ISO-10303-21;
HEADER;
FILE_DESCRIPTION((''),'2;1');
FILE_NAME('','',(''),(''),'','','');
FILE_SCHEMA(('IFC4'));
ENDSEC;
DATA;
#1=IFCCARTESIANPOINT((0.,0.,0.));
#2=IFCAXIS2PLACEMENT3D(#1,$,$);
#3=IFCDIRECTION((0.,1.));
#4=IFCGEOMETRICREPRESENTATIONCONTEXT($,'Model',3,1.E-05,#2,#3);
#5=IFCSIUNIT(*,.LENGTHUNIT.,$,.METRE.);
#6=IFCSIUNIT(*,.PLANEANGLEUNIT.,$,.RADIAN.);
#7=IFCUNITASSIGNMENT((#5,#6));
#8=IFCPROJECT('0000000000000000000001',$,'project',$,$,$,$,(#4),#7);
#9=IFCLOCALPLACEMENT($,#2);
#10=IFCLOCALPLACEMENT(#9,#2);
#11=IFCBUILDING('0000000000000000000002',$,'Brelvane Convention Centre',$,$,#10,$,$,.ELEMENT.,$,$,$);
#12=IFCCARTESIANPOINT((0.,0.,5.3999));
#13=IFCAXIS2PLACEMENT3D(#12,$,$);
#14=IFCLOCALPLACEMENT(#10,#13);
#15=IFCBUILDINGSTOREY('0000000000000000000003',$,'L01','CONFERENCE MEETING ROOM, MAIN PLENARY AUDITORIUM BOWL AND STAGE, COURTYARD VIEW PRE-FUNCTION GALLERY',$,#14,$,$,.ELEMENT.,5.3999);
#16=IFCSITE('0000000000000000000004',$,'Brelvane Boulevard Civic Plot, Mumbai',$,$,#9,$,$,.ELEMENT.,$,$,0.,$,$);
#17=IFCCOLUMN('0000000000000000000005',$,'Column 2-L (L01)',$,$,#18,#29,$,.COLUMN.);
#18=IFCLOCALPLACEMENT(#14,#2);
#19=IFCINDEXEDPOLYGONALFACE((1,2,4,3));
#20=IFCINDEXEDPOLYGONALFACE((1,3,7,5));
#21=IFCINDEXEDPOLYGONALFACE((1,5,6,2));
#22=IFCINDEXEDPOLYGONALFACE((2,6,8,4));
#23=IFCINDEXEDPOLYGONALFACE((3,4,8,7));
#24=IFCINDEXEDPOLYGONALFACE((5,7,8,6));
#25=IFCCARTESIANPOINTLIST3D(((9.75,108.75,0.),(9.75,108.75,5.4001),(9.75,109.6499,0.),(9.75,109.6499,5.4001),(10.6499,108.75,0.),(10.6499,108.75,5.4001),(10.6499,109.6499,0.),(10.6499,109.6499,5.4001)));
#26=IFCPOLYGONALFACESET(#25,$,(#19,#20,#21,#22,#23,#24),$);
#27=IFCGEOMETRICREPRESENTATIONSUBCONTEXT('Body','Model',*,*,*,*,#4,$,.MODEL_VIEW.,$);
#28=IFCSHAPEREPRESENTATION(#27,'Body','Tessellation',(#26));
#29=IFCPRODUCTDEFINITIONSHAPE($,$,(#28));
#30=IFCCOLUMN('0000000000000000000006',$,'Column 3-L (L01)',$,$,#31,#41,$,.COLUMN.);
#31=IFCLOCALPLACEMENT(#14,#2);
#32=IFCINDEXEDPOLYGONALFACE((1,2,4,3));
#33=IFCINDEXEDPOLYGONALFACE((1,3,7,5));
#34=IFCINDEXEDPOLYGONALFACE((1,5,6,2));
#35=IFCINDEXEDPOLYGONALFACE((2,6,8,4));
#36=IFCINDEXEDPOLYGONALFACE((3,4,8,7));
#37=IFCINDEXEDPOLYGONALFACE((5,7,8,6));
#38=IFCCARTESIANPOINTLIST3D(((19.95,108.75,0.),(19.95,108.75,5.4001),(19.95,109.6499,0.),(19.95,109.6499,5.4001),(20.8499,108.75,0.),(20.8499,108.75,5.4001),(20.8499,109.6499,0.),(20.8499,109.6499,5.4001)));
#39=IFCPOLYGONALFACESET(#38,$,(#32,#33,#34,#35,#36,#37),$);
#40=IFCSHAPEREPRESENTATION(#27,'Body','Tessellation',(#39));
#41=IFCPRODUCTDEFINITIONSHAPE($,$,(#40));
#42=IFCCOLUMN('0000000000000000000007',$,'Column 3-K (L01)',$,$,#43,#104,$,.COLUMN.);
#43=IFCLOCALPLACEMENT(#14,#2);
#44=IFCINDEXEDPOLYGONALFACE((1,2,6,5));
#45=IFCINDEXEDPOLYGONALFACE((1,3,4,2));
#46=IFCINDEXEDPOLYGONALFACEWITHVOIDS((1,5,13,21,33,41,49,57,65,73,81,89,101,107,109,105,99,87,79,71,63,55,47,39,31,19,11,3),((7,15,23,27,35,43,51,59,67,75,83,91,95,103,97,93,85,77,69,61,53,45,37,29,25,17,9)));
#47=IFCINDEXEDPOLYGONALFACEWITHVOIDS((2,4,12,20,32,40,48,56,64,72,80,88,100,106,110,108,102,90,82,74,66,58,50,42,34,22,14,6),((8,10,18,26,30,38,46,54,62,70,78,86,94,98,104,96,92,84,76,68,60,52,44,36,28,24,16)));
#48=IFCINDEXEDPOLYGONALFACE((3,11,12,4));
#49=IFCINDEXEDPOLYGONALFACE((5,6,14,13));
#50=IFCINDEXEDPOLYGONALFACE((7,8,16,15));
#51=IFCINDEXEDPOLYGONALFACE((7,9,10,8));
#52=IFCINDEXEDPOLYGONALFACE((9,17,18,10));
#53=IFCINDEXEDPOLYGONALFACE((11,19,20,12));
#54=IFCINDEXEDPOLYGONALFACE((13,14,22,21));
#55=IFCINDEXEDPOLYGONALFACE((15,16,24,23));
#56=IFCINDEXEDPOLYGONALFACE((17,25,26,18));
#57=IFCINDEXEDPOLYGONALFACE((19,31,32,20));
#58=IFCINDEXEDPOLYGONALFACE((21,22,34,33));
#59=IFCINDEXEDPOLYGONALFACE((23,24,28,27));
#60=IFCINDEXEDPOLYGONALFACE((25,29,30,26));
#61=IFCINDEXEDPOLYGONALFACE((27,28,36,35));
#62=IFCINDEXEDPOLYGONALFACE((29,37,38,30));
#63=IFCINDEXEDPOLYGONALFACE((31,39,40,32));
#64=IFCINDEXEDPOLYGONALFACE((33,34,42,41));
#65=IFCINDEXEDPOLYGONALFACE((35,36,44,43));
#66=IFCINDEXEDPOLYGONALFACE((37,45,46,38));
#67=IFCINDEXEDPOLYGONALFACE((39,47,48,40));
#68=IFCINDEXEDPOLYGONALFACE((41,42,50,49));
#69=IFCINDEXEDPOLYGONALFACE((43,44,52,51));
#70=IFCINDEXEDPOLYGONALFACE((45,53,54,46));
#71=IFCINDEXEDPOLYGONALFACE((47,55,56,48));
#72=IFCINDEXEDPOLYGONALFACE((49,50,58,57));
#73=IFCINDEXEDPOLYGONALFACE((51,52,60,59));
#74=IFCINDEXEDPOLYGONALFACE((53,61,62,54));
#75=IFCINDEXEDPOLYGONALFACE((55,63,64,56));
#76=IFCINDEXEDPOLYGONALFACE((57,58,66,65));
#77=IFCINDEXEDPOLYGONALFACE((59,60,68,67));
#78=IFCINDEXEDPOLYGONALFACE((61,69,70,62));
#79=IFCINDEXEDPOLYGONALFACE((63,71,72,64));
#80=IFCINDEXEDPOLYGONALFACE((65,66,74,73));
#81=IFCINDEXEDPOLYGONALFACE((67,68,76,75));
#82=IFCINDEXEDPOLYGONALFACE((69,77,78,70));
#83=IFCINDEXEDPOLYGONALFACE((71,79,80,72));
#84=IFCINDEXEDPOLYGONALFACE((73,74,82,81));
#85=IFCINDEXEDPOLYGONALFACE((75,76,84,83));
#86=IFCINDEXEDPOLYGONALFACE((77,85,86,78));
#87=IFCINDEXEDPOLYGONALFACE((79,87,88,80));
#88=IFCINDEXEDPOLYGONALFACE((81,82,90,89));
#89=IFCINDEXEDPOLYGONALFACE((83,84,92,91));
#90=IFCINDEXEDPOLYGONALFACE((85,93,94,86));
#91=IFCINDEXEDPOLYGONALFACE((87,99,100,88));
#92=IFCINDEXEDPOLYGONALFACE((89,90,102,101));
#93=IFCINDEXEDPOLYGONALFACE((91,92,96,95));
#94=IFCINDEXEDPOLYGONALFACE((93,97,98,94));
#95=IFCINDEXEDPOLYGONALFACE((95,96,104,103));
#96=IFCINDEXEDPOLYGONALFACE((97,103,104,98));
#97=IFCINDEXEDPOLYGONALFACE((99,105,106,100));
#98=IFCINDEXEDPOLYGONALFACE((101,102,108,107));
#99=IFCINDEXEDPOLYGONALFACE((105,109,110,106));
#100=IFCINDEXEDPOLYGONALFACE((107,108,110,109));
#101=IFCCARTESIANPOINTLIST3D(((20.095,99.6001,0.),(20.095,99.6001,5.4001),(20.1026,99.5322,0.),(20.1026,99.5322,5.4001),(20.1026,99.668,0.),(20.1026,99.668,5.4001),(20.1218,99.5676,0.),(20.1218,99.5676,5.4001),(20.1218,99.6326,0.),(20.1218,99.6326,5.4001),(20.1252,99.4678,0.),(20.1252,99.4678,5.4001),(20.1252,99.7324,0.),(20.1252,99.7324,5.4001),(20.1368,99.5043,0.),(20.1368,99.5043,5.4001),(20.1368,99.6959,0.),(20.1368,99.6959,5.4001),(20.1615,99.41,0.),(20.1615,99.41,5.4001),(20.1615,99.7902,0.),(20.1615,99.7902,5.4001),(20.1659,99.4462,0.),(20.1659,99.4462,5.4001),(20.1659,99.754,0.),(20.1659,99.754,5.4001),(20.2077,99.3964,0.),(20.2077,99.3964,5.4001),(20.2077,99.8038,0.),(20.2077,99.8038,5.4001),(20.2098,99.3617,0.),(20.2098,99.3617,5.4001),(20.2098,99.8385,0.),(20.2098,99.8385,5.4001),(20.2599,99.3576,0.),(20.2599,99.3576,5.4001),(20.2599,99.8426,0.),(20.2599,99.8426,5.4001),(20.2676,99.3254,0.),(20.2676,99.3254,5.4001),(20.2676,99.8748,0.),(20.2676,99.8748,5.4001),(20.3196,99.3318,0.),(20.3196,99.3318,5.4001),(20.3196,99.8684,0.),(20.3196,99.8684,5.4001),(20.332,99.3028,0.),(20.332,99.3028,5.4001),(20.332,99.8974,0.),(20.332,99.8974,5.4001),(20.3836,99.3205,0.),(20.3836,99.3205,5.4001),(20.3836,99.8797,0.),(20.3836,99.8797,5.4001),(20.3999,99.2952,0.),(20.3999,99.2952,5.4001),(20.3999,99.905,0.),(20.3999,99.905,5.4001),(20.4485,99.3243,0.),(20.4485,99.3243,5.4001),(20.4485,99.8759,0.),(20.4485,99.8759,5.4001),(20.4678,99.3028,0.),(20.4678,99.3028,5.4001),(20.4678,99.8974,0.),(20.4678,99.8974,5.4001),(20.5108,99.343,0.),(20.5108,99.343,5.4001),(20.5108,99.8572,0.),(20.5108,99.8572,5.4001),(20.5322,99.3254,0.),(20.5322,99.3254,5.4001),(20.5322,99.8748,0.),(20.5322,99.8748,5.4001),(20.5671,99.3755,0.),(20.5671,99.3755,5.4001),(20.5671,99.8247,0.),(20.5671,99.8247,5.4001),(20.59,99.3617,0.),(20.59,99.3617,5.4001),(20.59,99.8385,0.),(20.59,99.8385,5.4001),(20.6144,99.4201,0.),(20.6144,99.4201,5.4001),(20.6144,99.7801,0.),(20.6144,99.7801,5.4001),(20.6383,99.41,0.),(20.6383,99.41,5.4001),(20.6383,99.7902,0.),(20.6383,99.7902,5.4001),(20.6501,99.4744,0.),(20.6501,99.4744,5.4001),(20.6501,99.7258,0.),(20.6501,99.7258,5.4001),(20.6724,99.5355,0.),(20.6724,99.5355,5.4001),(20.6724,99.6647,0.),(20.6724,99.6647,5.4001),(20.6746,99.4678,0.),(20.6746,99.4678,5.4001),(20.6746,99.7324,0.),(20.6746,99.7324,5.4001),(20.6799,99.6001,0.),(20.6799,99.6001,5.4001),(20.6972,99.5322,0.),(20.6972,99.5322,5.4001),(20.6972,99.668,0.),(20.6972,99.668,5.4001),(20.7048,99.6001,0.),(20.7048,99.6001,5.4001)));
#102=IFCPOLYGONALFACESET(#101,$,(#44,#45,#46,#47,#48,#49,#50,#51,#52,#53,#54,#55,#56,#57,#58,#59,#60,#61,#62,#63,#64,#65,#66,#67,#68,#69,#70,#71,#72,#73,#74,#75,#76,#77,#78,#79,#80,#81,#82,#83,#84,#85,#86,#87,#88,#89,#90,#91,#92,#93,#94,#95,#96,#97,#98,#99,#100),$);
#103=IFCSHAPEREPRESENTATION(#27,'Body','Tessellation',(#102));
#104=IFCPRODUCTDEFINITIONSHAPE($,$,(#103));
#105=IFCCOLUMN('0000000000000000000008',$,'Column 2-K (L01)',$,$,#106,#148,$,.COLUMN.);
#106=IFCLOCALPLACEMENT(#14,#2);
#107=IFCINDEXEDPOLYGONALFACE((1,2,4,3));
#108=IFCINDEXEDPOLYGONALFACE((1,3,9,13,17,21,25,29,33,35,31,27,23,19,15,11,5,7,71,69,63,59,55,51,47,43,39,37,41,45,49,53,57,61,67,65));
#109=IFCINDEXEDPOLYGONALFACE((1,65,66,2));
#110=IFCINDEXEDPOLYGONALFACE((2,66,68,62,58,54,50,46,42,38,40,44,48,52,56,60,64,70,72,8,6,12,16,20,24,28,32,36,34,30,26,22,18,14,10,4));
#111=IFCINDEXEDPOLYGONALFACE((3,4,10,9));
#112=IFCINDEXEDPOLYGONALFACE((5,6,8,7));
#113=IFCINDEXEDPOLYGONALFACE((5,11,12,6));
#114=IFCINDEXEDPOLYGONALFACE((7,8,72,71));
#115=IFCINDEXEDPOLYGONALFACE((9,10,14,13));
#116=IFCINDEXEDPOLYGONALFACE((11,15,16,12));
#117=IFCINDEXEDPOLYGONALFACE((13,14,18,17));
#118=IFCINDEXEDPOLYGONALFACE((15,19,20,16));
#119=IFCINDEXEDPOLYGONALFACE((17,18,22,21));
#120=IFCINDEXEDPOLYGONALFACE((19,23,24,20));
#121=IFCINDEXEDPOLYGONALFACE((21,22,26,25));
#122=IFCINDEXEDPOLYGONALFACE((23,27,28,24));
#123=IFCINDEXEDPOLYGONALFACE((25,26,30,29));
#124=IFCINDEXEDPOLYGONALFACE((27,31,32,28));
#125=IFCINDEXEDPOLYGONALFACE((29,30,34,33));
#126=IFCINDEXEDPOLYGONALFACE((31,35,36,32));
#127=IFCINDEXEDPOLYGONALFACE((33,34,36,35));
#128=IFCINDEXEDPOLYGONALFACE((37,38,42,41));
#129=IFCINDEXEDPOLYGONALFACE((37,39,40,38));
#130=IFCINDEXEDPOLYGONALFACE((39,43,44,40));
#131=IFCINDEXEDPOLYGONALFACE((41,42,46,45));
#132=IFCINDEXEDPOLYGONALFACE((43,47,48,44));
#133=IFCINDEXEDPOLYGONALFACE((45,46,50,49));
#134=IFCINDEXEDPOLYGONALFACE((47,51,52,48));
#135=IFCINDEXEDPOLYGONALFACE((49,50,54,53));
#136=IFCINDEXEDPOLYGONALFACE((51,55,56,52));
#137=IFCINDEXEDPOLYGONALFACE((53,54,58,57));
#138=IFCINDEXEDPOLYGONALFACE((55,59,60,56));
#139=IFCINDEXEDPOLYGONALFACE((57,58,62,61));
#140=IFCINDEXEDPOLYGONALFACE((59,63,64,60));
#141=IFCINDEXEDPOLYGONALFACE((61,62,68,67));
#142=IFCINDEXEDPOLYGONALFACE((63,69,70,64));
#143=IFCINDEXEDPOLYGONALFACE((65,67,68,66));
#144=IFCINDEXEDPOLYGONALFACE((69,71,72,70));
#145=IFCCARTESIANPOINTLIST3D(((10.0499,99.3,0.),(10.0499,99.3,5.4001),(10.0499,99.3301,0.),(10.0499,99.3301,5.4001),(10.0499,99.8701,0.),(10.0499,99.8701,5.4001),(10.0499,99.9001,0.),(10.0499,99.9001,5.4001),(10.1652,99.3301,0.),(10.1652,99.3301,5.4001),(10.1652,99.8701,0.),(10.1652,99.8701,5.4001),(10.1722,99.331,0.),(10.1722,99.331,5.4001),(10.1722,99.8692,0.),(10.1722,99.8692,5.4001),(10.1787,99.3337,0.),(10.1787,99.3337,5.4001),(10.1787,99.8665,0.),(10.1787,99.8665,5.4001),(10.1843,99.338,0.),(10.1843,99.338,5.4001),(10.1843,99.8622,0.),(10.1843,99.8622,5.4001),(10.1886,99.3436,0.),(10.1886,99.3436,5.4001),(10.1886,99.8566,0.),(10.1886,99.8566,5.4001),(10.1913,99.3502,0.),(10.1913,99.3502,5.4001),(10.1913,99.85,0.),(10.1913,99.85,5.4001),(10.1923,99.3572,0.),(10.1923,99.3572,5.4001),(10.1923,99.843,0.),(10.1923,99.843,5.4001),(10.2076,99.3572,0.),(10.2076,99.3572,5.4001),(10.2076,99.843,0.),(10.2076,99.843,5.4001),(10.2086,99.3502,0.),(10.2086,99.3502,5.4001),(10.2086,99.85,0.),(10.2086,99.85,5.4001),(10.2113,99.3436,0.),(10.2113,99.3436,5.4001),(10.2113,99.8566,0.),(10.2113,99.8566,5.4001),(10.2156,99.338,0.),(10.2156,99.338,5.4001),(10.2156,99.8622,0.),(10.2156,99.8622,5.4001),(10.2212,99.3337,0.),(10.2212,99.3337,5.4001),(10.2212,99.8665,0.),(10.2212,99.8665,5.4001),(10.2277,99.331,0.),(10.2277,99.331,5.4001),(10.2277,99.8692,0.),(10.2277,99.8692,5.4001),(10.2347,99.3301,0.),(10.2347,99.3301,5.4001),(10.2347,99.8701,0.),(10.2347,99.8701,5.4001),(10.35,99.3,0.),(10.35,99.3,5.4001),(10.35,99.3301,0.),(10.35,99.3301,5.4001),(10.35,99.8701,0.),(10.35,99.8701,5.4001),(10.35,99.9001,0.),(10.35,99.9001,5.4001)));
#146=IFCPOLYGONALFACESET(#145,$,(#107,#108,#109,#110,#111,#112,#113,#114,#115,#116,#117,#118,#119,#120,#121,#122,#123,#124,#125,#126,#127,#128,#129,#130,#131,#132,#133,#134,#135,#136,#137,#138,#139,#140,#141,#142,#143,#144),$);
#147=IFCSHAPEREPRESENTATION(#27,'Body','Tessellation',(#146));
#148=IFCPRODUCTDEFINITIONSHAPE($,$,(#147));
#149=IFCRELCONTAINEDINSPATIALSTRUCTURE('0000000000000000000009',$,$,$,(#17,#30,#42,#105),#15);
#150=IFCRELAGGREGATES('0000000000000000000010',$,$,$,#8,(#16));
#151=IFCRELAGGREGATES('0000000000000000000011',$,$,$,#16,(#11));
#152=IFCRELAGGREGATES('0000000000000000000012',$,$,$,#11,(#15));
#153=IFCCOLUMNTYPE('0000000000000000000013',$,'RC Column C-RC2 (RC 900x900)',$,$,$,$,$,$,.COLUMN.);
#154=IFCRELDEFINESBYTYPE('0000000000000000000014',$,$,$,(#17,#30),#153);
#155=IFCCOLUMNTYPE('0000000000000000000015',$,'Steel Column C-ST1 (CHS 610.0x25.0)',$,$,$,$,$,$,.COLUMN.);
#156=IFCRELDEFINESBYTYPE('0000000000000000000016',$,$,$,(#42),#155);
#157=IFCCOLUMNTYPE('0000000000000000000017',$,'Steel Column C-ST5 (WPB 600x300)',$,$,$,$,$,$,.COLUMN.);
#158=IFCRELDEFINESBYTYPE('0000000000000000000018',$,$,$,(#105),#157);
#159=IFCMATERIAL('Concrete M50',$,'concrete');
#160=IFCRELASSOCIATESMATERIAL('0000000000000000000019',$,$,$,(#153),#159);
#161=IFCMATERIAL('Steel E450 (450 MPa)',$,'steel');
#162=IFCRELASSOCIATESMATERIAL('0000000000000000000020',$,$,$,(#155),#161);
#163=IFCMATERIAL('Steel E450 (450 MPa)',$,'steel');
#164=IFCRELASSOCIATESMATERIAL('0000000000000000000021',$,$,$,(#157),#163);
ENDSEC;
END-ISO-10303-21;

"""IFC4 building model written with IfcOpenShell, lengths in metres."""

from ifc_helpers import new_model, si_unit, direction, frame, origin, origin_2d, place, context, subcontext, project, spatial, rectangle, hollow_circle, i_section, extrude, material, material_profile, profile_set, type_object, element, save


model = new_model("IFC4")

# Units and contexts
model_context = context("Model", 3, precision=1e-05, world=origin(), true_north=direction((0.0, 1.0)))
body_context = subcontext(model_context, "Body", "Model", "MODEL_VIEW")
ifc_project = project(units=[si_unit("LENGTHUNIT", "METRE"), si_unit("PLANEANGLEUNIT", "RADIAN")], contexts=[model_context])

# Site, building, storey
site_placement = place(None, origin())
site = spatial("IfcSite", under=ifc_project, at=site_placement, Name="Brelvane Boulevard Civic Plot, Mumbai", CompositionType="ELEMENT", RefElevation=0.0)
building_placement = place(site_placement, origin())
building = spatial("IfcBuilding", under=site, at=building_placement, Name="Brelvane Convention Centre", CompositionType="ELEMENT")
storey_placement = place(building_placement, frame((0.0, 0.0, 5.3999)))
storey = spatial("IfcBuildingStorey", under=building, at=storey_placement, Name="L01", Description="CONFERENCE MEETING ROOM, MAIN PLENARY AUDITORIUM BOWL AND STAGE, COURTYARD VIEW PRE-FUNCTION GALLERY", CompositionType="ELEMENT", Elevation=5.3999)

# Columns
ifc_material_1 = material(Name="Concrete M50", Category="concrete")
ifc_material_profile_1 = material_profile(ifc_material_1, rectangle(XDim=0.8999, YDim=0.8999, at=origin_2d()), Name="RC 900x900")
ifc_profile_set_1 = profile_set([ifc_material_profile_1], Name="Concrete M50")
column_type_1 = type_object("IfcColumnType", Name="RC Column C-RC2 (RC 900x900)", PredefinedType="COLUMN", material=ifc_profile_set_1)
for number, where, z_axis, x_axis, name in (
    (1, (10.2, 109.2, 0.0), (0.0, 0.0, 1.0), (1.0, 0.0, 0.0), "Column 2-L (L01)"),
    (2, (20.3999, 109.2, 0.0), (0.0, 0.0, 1.0), (1.0, 0.0, 0.0), "Column 3-L (L01)"),
):
    element("IfcColumn", number, at=place(storey_placement, frame(where, z_axis=z_axis, x_axis=x_axis)), inside=storey, type_object=column_type_1, Name=name, PredefinedType="COLUMN", context=body_context, shape_type="SweptSolid", body=[
        extrude(rectangle(XDim=0.8999, YDim=0.8999, at=origin_2d()), origin(), (0.0, 0.0, 1.0), 5.4001),
    ])
ifc_material_2 = material(Name="Steel E450 (450 MPa)", Category="steel")
ifc_material_profile_2 = material_profile(ifc_material_2, hollow_circle(Radius=0.3049, WallThickness=0.0249, at=origin_2d()), Name="CHS 610.0x25.0")
ifc_profile_set_2 = profile_set([ifc_material_profile_2], Name="Steel E450 (450 MPa)")
column_type_2 = type_object("IfcColumnType", Name="Steel Column C-ST1 (CHS 610.0x25.0)", PredefinedType="COLUMN", material=ifc_profile_set_2)
column_1_placement = place(storey_placement, frame((20.3999, 99.6001, 0.0), z_axis=(0.0, 0.0, 1.0), x_axis=(1.0, 0.0, 0.0)))
element("IfcColumn", 3, at=column_1_placement, inside=storey, type_object=column_type_2, Name="Column 3-K (L01)", PredefinedType="COLUMN", context=body_context, shape_type="SweptSolid", body=[
    extrude(hollow_circle(Radius=0.3049, WallThickness=0.0249, at=origin_2d()), origin(), (0.0, 0.0, 1.0), 5.4001),
])
ifc_material_3 = material(Name="Steel E450 (450 MPa)", Category="steel")
ifc_material_profile_3 = material_profile(ifc_material_3, i_section(OverallWidth=0.3, OverallDepth=0.6001, WebThickness=0.0154, FlangeThickness=0.03, FilletRadius=0.0271, at=origin_2d()), Name="WPB 600x300")
ifc_profile_set_3 = profile_set([ifc_material_profile_3], Name="Steel E450 (450 MPa)")
column_type_3 = type_object("IfcColumnType", Name="Steel Column C-ST5 (WPB 600x300)", PredefinedType="COLUMN", material=ifc_profile_set_3)
column_2_placement = place(storey_placement, frame((10.2, 99.6001, 0.0), z_axis=(0.0, 0.0, 1.0), x_axis=(1.0, 0.0, 0.0)))
element("IfcColumn", 4, at=column_2_placement, inside=storey, type_object=column_type_3, Name="Column 2-K (L01)", PredefinedType="COLUMN", context=body_context, shape_type="SweptSolid", body=[
    extrude(i_section(OverallWidth=0.3, OverallDepth=0.6001, WebThickness=0.0154, FlangeThickness=0.03, FilletRadius=0.0271, at=origin_2d()), origin(), (0.0, 0.0, 1.0), 5.4001),
])

save(model, "model.ifc")
